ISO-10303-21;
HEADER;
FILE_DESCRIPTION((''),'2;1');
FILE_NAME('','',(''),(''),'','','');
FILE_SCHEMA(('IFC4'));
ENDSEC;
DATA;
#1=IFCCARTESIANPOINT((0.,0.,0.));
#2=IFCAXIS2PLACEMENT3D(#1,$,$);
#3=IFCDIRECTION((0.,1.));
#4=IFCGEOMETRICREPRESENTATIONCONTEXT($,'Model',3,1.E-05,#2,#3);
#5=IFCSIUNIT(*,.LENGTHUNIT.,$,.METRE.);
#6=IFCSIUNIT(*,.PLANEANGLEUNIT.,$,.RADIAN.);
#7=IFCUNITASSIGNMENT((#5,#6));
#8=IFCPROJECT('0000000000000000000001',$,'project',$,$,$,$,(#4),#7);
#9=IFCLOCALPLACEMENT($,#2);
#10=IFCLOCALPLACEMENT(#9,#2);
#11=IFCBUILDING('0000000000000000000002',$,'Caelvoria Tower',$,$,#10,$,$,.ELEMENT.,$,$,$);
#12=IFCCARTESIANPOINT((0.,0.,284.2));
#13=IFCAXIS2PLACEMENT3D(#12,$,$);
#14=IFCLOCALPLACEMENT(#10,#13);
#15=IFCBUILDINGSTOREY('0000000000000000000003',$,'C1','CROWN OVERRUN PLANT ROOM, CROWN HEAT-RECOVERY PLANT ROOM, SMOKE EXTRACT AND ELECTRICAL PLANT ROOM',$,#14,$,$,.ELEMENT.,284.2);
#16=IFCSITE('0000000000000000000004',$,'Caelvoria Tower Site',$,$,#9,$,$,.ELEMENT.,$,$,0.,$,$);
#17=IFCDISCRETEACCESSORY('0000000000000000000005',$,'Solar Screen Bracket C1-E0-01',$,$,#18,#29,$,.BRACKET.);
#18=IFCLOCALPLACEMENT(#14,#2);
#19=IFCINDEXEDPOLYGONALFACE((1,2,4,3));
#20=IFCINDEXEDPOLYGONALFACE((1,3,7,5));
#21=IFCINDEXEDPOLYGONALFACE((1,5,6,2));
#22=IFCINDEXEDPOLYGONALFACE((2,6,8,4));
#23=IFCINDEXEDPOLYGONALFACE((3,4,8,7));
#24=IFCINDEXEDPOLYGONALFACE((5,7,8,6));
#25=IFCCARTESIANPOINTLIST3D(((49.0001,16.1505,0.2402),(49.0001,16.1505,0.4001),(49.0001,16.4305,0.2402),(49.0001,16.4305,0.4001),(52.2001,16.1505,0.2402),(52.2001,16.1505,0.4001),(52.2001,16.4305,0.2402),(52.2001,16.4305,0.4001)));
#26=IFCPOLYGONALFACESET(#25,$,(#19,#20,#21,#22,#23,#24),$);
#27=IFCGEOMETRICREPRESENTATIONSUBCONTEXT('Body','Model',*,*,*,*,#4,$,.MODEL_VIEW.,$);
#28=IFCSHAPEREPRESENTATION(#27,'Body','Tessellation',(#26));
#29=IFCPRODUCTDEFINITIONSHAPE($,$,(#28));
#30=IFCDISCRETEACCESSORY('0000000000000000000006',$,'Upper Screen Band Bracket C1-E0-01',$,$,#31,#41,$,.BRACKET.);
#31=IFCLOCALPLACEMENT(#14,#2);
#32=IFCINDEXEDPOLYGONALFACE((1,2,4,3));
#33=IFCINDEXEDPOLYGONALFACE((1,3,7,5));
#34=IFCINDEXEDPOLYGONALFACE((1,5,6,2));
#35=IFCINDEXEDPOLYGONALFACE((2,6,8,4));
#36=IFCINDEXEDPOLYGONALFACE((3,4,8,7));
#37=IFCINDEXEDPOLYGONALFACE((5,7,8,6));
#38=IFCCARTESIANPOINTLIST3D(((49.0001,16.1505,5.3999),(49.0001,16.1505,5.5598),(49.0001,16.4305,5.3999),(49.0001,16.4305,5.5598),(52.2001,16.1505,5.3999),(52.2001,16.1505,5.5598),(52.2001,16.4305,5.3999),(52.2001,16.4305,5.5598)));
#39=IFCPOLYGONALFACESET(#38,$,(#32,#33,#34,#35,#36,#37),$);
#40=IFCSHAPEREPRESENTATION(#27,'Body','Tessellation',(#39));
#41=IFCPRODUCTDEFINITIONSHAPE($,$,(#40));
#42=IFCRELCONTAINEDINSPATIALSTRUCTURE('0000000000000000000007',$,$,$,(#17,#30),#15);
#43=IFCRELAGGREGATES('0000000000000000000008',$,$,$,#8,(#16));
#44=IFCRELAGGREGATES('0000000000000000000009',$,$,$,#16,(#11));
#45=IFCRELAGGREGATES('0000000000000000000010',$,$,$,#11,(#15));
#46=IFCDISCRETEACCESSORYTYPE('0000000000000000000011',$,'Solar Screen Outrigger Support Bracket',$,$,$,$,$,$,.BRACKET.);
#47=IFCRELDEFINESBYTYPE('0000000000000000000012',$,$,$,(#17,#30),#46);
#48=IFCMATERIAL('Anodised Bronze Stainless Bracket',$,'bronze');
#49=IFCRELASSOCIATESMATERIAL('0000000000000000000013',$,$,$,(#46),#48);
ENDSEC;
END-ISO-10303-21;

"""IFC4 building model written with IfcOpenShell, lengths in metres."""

from ifc_helpers import new_model, si_unit, direction, frame, origin, origin_2d, place, context, subcontext, project, spatial, rectangle, extrude, material, type_object, element, save


model = new_model("IFC4")

# Units and contexts
model_context = context("Model", 3, precision=1e-05, world=origin(), true_north=direction((0.0, 1.0)))
body_context = subcontext(model_context, "Body", "Model", "MODEL_VIEW")
ifc_project = project(units=[si_unit("LENGTHUNIT", "METRE"), si_unit("PLANEANGLEUNIT", "RADIAN")], contexts=[model_context])

# Site, building, storey
site_placement = place(None, origin())
site = spatial("IfcSite", under=ifc_project, at=site_placement, Name="Caelvoria Tower Site", CompositionType="ELEMENT", RefElevation=0.0)
building_placement = place(site_placement, origin())
building = spatial("IfcBuilding", under=site, at=building_placement, Name="Caelvoria Tower", CompositionType="ELEMENT")
storey_placement = place(building_placement, frame((0.0, 0.0, 284.2)))
storey = spatial("IfcBuildingStorey", under=building, at=storey_placement, Name="C1", Description="CROWN OVERRUN PLANT ROOM, CROWN HEAT-RECOVERY PLANT ROOM, SMOKE EXTRACT AND ELECTRICAL PLANT ROOM", CompositionType="ELEMENT", Elevation=284.2)

# Discrete accessories
ifc_material_1 = material(Name="Anodised Bronze Stainless Bracket", Category="bronze")
discrete_accessory_type = type_object("IfcDiscreteAccessoryType", Name="Solar Screen Outrigger Support Bracket", PredefinedType="BRACKET", material=ifc_material_1)
for number, where, z_axis, x_axis, name in (
    (1, (50.6001, 16.2905, 0.2402), (0.0, 0.0, 1.0), (1.0, 0.0, 0.0), "Solar Screen Bracket C1-E0-01"),
    (2, (50.6001, 16.2905, 5.3999), (0.0, 0.0, 1.0), (1.0, 0.0, 0.0), "Upper Screen Band Bracket C1-E0-01"),
):
    element("IfcDiscreteAccessory", number, at=place(storey_placement, frame(where, z_axis=z_axis, x_axis=x_axis)), inside=storey, type_object=discrete_accessory_type, Name=name, PredefinedType="BRACKET", context=body_context, shape_type="SweptSolid", body=[
        extrude(rectangle(XDim=3.2, YDim=0.28, at=origin_2d()), origin(), (0.0, 0.0, 1.0), 0.1599),
    ])

save(model, "model.ifc")
